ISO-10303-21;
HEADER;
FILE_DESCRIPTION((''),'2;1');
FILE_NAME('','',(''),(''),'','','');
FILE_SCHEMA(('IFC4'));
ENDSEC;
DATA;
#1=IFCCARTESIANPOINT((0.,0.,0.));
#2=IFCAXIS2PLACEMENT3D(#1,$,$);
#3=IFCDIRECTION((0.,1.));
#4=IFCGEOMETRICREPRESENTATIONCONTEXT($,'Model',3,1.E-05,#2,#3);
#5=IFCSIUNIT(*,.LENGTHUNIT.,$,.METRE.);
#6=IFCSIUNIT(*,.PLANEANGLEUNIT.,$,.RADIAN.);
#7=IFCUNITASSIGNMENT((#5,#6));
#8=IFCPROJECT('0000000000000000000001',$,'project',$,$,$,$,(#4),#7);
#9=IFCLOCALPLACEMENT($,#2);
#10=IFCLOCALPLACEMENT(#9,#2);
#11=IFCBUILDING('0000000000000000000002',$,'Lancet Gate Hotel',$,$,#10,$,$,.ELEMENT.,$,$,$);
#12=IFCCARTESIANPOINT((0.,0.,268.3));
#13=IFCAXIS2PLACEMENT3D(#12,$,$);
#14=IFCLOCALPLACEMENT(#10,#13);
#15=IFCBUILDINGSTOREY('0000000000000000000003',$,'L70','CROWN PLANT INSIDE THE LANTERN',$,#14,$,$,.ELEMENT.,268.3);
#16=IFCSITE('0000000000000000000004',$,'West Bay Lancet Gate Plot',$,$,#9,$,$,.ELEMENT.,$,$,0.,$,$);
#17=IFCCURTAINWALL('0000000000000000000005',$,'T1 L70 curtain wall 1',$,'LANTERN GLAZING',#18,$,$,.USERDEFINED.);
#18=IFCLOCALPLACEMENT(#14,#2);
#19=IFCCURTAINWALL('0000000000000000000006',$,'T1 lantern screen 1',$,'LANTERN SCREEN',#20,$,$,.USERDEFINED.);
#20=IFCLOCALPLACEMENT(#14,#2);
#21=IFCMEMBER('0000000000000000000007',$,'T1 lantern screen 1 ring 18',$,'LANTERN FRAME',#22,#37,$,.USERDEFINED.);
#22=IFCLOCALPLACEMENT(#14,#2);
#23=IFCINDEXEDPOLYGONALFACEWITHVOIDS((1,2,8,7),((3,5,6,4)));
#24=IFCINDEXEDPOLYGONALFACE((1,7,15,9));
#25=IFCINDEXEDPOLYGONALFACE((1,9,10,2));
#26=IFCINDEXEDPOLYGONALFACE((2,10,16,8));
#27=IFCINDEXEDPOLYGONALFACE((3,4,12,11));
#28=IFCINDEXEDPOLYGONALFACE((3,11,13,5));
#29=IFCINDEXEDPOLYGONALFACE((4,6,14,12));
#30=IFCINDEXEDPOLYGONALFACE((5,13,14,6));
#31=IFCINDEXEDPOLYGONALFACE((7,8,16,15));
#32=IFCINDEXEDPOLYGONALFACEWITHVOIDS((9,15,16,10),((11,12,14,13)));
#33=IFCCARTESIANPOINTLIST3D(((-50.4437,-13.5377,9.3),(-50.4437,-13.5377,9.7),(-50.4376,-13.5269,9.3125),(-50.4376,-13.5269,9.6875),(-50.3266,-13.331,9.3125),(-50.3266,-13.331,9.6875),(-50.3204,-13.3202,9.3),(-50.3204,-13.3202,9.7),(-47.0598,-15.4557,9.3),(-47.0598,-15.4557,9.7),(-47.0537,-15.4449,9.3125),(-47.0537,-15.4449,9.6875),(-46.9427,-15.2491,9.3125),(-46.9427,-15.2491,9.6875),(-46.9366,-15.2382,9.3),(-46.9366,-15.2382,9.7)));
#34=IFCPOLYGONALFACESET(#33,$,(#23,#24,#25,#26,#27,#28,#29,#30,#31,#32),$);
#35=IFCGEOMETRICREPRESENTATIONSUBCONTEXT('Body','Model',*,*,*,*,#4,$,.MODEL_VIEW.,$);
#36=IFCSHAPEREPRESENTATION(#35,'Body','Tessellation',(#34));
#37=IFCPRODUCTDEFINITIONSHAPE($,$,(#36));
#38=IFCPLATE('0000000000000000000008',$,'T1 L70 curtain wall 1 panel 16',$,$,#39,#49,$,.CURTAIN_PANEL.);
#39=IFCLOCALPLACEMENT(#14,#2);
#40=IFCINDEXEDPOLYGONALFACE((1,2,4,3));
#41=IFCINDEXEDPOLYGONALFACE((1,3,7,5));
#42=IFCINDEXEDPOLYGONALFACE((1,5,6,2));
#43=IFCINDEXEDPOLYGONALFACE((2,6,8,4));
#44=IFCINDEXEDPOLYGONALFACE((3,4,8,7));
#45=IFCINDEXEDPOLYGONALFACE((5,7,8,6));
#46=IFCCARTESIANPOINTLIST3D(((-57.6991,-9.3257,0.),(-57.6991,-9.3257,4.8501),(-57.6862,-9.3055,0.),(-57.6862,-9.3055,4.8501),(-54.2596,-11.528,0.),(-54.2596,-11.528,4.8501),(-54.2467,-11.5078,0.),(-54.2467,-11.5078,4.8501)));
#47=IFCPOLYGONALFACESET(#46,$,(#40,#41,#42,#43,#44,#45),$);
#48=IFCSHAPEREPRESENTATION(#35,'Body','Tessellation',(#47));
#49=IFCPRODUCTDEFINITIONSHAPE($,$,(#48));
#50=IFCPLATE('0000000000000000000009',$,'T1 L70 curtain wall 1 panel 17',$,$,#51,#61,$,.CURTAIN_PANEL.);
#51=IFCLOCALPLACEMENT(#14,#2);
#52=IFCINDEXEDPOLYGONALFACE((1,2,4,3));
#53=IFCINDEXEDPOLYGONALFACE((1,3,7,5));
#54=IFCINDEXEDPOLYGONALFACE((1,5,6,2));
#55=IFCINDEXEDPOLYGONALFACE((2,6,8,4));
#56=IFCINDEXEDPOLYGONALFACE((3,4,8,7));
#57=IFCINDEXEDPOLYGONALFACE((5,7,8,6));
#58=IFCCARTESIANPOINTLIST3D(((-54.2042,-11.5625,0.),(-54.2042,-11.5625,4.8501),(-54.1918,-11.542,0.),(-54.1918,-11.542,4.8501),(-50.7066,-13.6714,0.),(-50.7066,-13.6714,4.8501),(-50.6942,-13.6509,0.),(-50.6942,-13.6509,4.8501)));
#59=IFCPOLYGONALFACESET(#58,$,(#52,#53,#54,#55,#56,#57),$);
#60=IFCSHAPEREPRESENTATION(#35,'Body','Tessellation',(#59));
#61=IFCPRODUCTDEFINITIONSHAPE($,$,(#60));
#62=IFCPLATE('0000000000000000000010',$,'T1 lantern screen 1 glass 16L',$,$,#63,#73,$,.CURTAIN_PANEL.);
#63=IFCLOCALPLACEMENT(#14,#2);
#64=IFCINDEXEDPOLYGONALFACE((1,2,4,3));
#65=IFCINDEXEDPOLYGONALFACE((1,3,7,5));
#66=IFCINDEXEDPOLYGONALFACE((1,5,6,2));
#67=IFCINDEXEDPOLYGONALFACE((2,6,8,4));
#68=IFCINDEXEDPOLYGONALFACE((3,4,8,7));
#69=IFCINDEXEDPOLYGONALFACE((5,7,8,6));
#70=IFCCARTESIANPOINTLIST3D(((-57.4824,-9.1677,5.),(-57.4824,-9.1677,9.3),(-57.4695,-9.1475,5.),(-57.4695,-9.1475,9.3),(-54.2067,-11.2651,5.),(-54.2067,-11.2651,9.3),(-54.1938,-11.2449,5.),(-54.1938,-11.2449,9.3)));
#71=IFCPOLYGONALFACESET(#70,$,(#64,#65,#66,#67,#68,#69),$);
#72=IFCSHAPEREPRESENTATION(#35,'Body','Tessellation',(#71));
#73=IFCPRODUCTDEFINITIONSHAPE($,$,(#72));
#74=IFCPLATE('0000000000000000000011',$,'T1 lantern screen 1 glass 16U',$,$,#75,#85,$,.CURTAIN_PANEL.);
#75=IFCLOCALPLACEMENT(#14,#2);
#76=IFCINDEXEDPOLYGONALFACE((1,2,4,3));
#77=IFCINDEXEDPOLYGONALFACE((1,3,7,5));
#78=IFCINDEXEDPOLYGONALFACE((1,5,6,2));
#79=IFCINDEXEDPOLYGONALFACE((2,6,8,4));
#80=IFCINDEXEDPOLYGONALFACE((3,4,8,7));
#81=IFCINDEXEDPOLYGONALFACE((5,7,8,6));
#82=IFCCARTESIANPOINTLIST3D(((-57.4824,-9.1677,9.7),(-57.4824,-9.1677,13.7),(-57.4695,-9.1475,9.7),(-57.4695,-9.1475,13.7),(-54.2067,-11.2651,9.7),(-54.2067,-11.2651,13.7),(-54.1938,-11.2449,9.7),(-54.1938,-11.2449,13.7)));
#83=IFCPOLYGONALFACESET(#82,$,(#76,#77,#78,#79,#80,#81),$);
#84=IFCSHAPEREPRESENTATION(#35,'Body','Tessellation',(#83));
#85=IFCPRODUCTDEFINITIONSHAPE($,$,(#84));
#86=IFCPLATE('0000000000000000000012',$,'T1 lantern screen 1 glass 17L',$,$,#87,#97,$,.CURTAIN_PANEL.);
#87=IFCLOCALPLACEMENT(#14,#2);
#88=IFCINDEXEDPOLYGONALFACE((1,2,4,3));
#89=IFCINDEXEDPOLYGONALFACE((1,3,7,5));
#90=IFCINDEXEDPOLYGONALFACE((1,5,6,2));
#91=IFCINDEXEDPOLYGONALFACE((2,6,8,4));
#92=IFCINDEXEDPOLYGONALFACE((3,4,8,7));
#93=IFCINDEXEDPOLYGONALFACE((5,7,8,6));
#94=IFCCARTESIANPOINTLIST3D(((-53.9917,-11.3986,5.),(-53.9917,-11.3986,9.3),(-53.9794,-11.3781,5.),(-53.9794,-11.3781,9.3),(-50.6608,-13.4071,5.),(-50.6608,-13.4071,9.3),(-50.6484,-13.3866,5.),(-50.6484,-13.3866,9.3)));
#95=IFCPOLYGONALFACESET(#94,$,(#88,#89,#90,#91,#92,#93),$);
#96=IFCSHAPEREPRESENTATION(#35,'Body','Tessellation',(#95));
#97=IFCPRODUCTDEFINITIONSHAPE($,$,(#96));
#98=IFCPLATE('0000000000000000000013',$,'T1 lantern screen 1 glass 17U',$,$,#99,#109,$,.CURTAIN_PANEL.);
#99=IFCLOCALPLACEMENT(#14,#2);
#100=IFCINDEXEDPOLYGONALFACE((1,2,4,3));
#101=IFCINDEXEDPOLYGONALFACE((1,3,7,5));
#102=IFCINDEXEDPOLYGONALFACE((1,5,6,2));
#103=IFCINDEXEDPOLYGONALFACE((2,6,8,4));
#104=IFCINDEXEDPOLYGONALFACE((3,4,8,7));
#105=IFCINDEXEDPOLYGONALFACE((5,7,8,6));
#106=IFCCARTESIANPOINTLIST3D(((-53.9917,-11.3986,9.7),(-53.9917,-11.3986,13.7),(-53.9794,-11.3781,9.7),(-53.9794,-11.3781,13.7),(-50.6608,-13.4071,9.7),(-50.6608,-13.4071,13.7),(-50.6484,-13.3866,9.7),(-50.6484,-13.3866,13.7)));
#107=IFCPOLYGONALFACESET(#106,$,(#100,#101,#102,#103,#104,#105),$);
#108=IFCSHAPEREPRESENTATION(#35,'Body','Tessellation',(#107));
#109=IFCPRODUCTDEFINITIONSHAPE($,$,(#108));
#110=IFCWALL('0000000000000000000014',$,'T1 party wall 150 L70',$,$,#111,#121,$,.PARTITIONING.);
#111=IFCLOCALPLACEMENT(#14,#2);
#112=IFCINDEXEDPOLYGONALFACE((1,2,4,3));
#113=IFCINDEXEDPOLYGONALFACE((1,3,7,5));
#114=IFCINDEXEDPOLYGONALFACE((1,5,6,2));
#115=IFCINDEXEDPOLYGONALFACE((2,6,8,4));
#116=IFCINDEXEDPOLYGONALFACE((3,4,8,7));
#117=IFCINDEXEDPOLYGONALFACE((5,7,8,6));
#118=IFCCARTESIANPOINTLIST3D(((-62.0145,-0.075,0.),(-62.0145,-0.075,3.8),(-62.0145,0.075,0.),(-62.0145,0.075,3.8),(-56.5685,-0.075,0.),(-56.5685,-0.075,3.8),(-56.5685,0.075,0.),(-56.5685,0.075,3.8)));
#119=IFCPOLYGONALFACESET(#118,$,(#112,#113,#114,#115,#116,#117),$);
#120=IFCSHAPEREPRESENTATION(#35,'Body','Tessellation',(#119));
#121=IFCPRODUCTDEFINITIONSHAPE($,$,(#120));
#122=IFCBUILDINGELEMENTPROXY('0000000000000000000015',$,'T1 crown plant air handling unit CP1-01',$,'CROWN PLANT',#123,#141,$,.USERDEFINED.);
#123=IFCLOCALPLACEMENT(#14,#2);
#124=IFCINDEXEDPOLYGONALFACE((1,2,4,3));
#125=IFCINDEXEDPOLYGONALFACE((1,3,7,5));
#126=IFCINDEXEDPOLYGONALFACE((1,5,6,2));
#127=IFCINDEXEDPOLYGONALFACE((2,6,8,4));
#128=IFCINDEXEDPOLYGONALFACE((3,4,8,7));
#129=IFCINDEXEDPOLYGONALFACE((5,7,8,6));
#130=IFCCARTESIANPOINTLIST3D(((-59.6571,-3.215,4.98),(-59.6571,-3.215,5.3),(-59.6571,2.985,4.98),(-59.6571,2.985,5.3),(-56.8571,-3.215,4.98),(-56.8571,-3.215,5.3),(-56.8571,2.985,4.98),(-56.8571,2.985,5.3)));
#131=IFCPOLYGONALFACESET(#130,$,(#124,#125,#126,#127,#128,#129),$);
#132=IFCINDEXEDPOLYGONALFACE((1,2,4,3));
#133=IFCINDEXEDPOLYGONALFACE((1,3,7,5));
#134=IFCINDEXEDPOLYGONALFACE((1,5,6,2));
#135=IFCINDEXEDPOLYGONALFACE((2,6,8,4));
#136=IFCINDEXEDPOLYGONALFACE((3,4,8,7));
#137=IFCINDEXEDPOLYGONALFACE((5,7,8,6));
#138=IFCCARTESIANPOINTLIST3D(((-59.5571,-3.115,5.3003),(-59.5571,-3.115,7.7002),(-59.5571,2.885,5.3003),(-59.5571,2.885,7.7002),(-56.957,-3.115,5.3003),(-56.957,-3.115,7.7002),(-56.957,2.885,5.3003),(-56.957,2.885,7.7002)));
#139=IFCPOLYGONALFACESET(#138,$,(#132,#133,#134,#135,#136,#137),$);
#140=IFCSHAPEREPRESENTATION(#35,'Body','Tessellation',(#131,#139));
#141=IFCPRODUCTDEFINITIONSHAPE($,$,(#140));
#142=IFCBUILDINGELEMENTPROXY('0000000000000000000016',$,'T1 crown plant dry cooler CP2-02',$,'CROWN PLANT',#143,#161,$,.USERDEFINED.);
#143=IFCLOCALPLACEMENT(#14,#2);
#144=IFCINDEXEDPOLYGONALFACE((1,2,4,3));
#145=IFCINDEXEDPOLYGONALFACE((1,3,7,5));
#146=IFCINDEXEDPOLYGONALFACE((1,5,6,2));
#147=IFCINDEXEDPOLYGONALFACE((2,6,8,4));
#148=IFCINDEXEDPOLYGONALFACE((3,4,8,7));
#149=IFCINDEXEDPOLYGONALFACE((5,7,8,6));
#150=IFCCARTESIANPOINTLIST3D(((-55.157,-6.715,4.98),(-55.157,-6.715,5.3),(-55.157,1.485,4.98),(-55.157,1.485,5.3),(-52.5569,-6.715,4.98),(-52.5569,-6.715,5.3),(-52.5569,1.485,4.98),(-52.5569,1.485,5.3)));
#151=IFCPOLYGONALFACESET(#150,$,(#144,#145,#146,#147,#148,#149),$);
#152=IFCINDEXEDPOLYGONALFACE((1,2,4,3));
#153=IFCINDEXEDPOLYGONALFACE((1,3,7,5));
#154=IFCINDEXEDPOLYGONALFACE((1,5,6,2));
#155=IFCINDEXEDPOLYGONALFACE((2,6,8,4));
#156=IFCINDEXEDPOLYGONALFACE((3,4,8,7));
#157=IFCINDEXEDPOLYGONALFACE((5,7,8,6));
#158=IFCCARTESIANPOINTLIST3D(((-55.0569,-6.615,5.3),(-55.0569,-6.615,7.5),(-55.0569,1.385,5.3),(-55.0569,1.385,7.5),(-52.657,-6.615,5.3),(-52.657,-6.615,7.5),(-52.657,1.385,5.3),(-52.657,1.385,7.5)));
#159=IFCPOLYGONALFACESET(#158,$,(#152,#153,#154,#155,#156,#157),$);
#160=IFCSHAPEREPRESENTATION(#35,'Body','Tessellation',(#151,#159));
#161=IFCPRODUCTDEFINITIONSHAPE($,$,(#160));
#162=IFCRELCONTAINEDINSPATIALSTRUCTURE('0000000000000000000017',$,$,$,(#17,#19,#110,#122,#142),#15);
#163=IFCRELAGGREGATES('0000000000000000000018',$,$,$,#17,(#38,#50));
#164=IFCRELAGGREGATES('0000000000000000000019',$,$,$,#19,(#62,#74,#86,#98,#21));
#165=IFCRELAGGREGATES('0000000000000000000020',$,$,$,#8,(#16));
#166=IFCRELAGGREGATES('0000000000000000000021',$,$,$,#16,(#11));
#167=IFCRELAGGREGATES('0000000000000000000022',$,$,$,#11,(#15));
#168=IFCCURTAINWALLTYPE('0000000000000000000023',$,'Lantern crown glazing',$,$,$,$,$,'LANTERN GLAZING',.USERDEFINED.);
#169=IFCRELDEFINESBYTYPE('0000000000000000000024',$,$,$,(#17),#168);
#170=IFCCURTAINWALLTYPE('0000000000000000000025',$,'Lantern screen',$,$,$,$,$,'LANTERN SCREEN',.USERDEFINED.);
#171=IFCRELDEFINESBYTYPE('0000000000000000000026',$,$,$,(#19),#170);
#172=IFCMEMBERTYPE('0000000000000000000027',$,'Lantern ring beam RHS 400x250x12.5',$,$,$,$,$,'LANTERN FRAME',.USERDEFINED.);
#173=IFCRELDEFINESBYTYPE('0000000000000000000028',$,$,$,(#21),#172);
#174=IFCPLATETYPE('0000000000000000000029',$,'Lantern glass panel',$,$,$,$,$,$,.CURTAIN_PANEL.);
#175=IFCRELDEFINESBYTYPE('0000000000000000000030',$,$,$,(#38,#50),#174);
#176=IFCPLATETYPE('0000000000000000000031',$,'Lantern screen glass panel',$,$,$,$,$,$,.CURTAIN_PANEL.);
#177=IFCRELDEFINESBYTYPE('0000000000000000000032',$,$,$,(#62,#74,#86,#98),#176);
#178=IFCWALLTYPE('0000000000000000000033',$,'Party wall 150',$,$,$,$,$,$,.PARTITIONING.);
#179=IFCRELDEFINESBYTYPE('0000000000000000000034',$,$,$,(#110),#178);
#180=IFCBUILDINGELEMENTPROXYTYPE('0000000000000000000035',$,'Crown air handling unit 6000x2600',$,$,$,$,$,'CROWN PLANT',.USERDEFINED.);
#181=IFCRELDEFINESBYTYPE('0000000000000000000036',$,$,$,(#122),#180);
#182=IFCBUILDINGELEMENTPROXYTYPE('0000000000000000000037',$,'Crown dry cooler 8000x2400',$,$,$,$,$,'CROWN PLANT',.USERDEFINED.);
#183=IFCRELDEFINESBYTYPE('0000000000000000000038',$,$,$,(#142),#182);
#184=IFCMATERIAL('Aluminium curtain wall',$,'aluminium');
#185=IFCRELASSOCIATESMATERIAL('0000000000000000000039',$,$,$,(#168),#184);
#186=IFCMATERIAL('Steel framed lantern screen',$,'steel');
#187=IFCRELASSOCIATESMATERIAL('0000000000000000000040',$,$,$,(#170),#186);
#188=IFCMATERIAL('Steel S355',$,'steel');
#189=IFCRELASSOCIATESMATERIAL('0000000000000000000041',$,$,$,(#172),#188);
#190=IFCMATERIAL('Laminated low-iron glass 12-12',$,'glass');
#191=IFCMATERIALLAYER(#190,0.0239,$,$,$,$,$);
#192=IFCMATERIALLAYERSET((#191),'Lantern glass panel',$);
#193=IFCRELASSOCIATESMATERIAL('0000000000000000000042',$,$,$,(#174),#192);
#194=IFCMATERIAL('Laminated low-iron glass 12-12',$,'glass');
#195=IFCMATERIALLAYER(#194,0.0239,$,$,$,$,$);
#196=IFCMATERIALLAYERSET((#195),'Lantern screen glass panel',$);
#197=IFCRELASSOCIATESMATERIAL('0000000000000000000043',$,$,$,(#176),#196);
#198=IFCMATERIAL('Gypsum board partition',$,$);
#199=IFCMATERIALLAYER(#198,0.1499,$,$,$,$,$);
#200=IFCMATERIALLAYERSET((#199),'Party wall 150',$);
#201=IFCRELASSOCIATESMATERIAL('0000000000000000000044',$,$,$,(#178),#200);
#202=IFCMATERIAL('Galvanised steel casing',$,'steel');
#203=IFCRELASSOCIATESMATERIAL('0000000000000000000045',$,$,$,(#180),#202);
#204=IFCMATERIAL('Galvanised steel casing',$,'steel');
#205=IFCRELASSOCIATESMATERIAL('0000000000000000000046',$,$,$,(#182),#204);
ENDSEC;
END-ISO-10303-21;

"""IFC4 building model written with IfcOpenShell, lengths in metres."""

from ifc_helpers import new_model, si_unit, direction, frame, frame_2d, origin, origin_2d, place, context, subcontext, project, spatial, rectangle, hollow_rectangle, extrude, material, layer, layer_set, material_profile, profile_set, type_object, element, aggregate, save


model = new_model("IFC4")

# Units and contexts
model_context = context("Model", 3, precision=1e-05, world=origin(), true_north=direction((0.0, 1.0)))
body_context = subcontext(model_context, "Body", "Model", "MODEL_VIEW")
ifc_project = project(units=[si_unit("LENGTHUNIT", "METRE"), si_unit("PLANEANGLEUNIT", "RADIAN")], contexts=[model_context])

# Site, building, storey
site_placement = place(None, origin())
site = spatial("IfcSite", under=ifc_project, at=site_placement, Name="West Bay Lancet Gate Plot", CompositionType="ELEMENT", RefElevation=0.0)
building_placement = place(site_placement, origin())
building = spatial("IfcBuilding", under=site, at=building_placement, Name="Lancet Gate Hotel", CompositionType="ELEMENT")
storey_placement = place(building_placement, frame((0.0, 0.0, 268.3)))
storey = spatial("IfcBuildingStorey", under=building, at=storey_placement, Name="L70", Description="CROWN PLANT INSIDE THE LANTERN", CompositionType="ELEMENT", Elevation=268.3)

# Curtain wall
ifc_material_1 = material(Name="Aluminium curtain wall", Category="aluminium")
curtain_wall_type_1 = type_object("IfcCurtainWallType", Name="Lantern crown glazing", ElementType="LANTERN GLAZING", PredefinedType="USERDEFINED", material=ifc_material_1)
curtain_wall_1_placement = place(storey_placement, origin())
curtain_wall_1 = element("IfcCurtainWall", 1, at=curtain_wall_1_placement, inside=storey, type_object=curtain_wall_type_1, Name="T1 L70 curtain wall 1", ObjectType="LANTERN GLAZING", PredefinedType="USERDEFINED")

# Curtain wall, member
ifc_material_2 = material(Name="Steel framed lantern screen", Category="steel")
curtain_wall_type_2 = type_object("IfcCurtainWallType", Name="Lantern screen", ElementType="LANTERN SCREEN", PredefinedType="USERDEFINED", material=ifc_material_2)
curtain_wall_2_placement = place(storey_placement, origin())
curtain_wall_2 = element("IfcCurtainWall", 2, at=curtain_wall_2_placement, inside=storey, type_object=curtain_wall_type_2, Name="T1 lantern screen 1", ObjectType="LANTERN SCREEN", PredefinedType="USERDEFINED")
ifc_material_3 = material(Name="Steel S355", Category="steel")
ifc_material_profile_1 = material_profile(ifc_material_3, hollow_rectangle(XDim=0.25, YDim=0.3999, WallThickness=0.0125, at=origin_2d()), Name="RHS 400x250x12.5")
ifc_profile_set_1 = profile_set([ifc_material_profile_1], Name="Steel S355")
member_type_1 = type_object("IfcMemberType", Name="Lantern ring beam RHS 400x250x12.5", ElementType="LANTERN FRAME", PredefinedType="USERDEFINED", material=ifc_profile_set_1)
member_1_placement = place(storey_placement, frame((-50.3821, -13.429, 9.5), z_axis=(0.869968, -0.493108, 0.0), x_axis=(0.493108, 0.869968, 0.0)))
member_1 = element("IfcMember", 3, at=member_1_placement, type_object=member_type_1, Name="T1 lantern screen 1 ring 18", ObjectType="LANTERN FRAME", PredefinedType="USERDEFINED", context=body_context, shape_type="SweptSolid", body=[
    extrude(hollow_rectangle(XDim=0.25, YDim=0.3999, WallThickness=0.0125, at=origin_2d()), origin(), (0.0, 0.0, 1.0), 3.8896),
])

# Plates
ifc_material_4 = material(Name="Laminated low-iron glass 12-12", Category="glass")
ifc_layer_1 = layer(ifc_material_4, 0.0239)
ifc_layer_set_1 = layer_set([ifc_layer_1], Name="Lantern glass panel")
plate_type_1 = type_object("IfcPlateType", Name="Lantern glass panel", PredefinedType="CURTAIN_PANEL", material=ifc_layer_set_1)
plate_1_placement = place(storey_placement, frame((-55.9729, -10.4167, 0.0), z_axis=(0.0, 0.0, 1.0), x_axis=(0.842161, -0.539226, 0.0)))
plate_1 = element("IfcPlate", 4, at=plate_1_placement, type_object=plate_type_1, Name="T1 L70 curtain wall 1 panel 16", PredefinedType="CURTAIN_PANEL", context=body_context, shape_type="SweptSolid", body=[
    extrude(rectangle(XDim=4.0842, YDim=0.0239, at=origin_2d()), origin(), (0.0, 0.0, 1.0), 4.8501),
])
plate_2_placement = place(storey_placement, frame((-52.4492, -12.6067, 0.0), z_axis=(0.0, 0.0, 1.0), x_axis=(0.85637, -0.516363, 0.0)))
plate_2 = element("IfcPlate", 5, at=plate_2_placement, type_object=plate_type_1, Name="T1 L70 curtain wall 1 panel 17", PredefinedType="CURTAIN_PANEL", context=body_context, shape_type="SweptSolid", body=[
    extrude(rectangle(XDim=4.0842, YDim=0.0239, at=origin_2d()), origin(), (0.0, 0.0, 1.0), 4.8501),
])
aggregate(curtain_wall_1, [plate_1, plate_2])
ifc_material_5 = material(Name="Laminated low-iron glass 12-12", Category="glass")
ifc_layer_2 = layer(ifc_material_5, 0.0239)
ifc_layer_set_2 = layer_set([ifc_layer_2], Name="Lantern screen glass panel")
plate_type_2 = type_object("IfcPlateType", Name="Lantern screen glass panel", PredefinedType="CURTAIN_PANEL", material=ifc_layer_set_2)
plate_3_placement = place(storey_placement, frame((-55.8381, -10.2063, 5.0), z_axis=(0.0, 0.0, 1.0), x_axis=(0.842161, -0.539226, 0.0)))
plate_3 = element("IfcPlate", 6, at=plate_3_placement, type_object=plate_type_2, Name="T1 lantern screen 1 glass 16L", PredefinedType="CURTAIN_PANEL", context=body_context, shape_type="SweptSolid", body=[
    extrude(rectangle(XDim=3.8896, YDim=0.0239, at=origin_2d()), origin(), (0.0, 0.0, 1.0), 4.3),
])
plate_4_placement = place(storey_placement, frame((-55.8381, -10.2063, 9.7), z_axis=(0.0, 0.0, 1.0), x_axis=(0.842161, -0.539226, 0.0)))
plate_4 = element("IfcPlate", 7, at=plate_4_placement, type_object=plate_type_2, Name="T1 lantern screen 1 glass 16U", PredefinedType="CURTAIN_PANEL", context=body_context, shape_type="SweptSolid", body=[
    extrude(rectangle(XDim=3.8896, YDim=0.0239, at=origin_2d()), origin(), (0.0, 0.0, 1.0), 4.0),
])
plate_5_placement = place(storey_placement, frame((-52.3201, -12.3926, 5.0), z_axis=(0.0, 0.0, 1.0), x_axis=(0.85637, -0.516363, 0.0)))
plate_5 = element("IfcPlate", 8, at=plate_5_placement, type_object=plate_type_2, Name="T1 lantern screen 1 glass 17L", PredefinedType="CURTAIN_PANEL", context=body_context, shape_type="SweptSolid", body=[
    extrude(rectangle(XDim=3.8896, YDim=0.0239, at=origin_2d()), origin(), (0.0, 0.0, 1.0), 4.3),
])
plate_6_placement = place(storey_placement, frame((-52.3201, -12.3926, 9.7), z_axis=(0.0, 0.0, 1.0), x_axis=(0.85637, -0.516363, 0.0)))
plate_6 = element("IfcPlate", 9, at=plate_6_placement, type_object=plate_type_2, Name="T1 lantern screen 1 glass 17U", PredefinedType="CURTAIN_PANEL", context=body_context, shape_type="SweptSolid", body=[
    extrude(rectangle(XDim=3.8896, YDim=0.0239, at=origin_2d()), origin(), (0.0, 0.0, 1.0), 4.0),
])
aggregate(curtain_wall_2, [plate_3, plate_4, plate_5, plate_6, member_1])

# Wall
ifc_material_6 = material(Name="Gypsum board partition")
ifc_layer_3 = layer(ifc_material_6, 0.1499)
ifc_layer_set_3 = layer_set([ifc_layer_3], Name="Party wall 150")
wall_type = type_object("IfcWallType", Name="Party wall 150", PredefinedType="PARTITIONING", material=ifc_layer_set_3)
wall_placement = place(storey_placement, frame((-56.5684, 0.0, 0.0), z_axis=(0.0, 0.0, 1.0), x_axis=(-1.0, 0.0, 0.0)))
element("IfcWall", 10, at=wall_placement, inside=storey, type_object=wall_type, Name="T1 party wall 150 L70", PredefinedType="PARTITIONING", context=body_context, shape_type="SweptSolid", body=[
    extrude(rectangle(XDim=5.446, YDim=0.1499, at=frame_2d((2.7231, 0.0))), origin(), (0.0, 0.0, 1.0), 3.8),
])

# Building element proxies
ifc_material_7 = material(Name="Galvanised steel casing", Category="steel")
building_element_proxy_type_1 = type_object("IfcBuildingElementProxyType", Name="Crown air handling unit 6000x2600", ElementType="CROWN PLANT", PredefinedType="USERDEFINED", material=ifc_material_7)
proxy_1_placement = place(storey_placement, frame((-58.2571, -0.115, 4.98), z_axis=(0.0, 0.0, 1.0), x_axis=(1.0, 0.0, 0.0)))
element("IfcBuildingElementProxy", 11, at=proxy_1_placement, inside=storey, type_object=building_element_proxy_type_1, Name="T1 crown plant air handling unit CP1-01", ObjectType="CROWN PLANT", PredefinedType="USERDEFINED", context=body_context, shape_type="SweptSolid", body=[
    extrude(rectangle(XDim=6.2, YDim=2.8, at=origin_2d()), frame((0.0, 0.0, 0.0), z_axis=(0.0, 0.0, 1.0), x_axis=(0.0, 1.0, 0.0)), (0.0, 0.0, 1.0), 0.3201),
    extrude(rectangle(XDim=6.0, YDim=2.6001, at=origin_2d()), frame((0.0, 0.0, 0.3203), z_axis=(0.0, 0.0, 1.0), x_axis=(0.0, 1.0, 0.0)), (0.0, 0.0, 1.0), 2.3999),
])
ifc_material_8 = material(Name="Galvanised steel casing", Category="steel")
building_element_proxy_type_2 = type_object("IfcBuildingElementProxyType", Name="Crown dry cooler 8000x2400", ElementType="CROWN PLANT", PredefinedType="USERDEFINED", material=ifc_material_8)
proxy_2_placement = place(storey_placement, frame((-53.8569, -2.615, 4.98), z_axis=(0.0, 0.0, 1.0), x_axis=(1.0, 0.0, 0.0)))
element("IfcBuildingElementProxy", 12, at=proxy_2_placement, inside=storey, type_object=building_element_proxy_type_2, Name="T1 crown plant dry cooler CP2-02", ObjectType="CROWN PLANT", PredefinedType="USERDEFINED", context=body_context, shape_type="SweptSolid", body=[
    extrude(rectangle(XDim=8.2, YDim=2.6001, at=origin_2d()), frame((0.0, 0.0, 0.0), z_axis=(0.0, 0.0, 1.0), x_axis=(0.0, 1.0, 0.0)), (0.0, 0.0, 1.0), 0.3201),
    extrude(rectangle(XDim=8.0, YDim=2.3999, at=origin_2d()), frame((0.0, 0.0, 0.3201), z_axis=(0.0, 0.0, 1.0), x_axis=(0.0, 1.0, 0.0)), (0.0, 0.0, 1.0), 2.2),
])

save(model, "model.ifc")
